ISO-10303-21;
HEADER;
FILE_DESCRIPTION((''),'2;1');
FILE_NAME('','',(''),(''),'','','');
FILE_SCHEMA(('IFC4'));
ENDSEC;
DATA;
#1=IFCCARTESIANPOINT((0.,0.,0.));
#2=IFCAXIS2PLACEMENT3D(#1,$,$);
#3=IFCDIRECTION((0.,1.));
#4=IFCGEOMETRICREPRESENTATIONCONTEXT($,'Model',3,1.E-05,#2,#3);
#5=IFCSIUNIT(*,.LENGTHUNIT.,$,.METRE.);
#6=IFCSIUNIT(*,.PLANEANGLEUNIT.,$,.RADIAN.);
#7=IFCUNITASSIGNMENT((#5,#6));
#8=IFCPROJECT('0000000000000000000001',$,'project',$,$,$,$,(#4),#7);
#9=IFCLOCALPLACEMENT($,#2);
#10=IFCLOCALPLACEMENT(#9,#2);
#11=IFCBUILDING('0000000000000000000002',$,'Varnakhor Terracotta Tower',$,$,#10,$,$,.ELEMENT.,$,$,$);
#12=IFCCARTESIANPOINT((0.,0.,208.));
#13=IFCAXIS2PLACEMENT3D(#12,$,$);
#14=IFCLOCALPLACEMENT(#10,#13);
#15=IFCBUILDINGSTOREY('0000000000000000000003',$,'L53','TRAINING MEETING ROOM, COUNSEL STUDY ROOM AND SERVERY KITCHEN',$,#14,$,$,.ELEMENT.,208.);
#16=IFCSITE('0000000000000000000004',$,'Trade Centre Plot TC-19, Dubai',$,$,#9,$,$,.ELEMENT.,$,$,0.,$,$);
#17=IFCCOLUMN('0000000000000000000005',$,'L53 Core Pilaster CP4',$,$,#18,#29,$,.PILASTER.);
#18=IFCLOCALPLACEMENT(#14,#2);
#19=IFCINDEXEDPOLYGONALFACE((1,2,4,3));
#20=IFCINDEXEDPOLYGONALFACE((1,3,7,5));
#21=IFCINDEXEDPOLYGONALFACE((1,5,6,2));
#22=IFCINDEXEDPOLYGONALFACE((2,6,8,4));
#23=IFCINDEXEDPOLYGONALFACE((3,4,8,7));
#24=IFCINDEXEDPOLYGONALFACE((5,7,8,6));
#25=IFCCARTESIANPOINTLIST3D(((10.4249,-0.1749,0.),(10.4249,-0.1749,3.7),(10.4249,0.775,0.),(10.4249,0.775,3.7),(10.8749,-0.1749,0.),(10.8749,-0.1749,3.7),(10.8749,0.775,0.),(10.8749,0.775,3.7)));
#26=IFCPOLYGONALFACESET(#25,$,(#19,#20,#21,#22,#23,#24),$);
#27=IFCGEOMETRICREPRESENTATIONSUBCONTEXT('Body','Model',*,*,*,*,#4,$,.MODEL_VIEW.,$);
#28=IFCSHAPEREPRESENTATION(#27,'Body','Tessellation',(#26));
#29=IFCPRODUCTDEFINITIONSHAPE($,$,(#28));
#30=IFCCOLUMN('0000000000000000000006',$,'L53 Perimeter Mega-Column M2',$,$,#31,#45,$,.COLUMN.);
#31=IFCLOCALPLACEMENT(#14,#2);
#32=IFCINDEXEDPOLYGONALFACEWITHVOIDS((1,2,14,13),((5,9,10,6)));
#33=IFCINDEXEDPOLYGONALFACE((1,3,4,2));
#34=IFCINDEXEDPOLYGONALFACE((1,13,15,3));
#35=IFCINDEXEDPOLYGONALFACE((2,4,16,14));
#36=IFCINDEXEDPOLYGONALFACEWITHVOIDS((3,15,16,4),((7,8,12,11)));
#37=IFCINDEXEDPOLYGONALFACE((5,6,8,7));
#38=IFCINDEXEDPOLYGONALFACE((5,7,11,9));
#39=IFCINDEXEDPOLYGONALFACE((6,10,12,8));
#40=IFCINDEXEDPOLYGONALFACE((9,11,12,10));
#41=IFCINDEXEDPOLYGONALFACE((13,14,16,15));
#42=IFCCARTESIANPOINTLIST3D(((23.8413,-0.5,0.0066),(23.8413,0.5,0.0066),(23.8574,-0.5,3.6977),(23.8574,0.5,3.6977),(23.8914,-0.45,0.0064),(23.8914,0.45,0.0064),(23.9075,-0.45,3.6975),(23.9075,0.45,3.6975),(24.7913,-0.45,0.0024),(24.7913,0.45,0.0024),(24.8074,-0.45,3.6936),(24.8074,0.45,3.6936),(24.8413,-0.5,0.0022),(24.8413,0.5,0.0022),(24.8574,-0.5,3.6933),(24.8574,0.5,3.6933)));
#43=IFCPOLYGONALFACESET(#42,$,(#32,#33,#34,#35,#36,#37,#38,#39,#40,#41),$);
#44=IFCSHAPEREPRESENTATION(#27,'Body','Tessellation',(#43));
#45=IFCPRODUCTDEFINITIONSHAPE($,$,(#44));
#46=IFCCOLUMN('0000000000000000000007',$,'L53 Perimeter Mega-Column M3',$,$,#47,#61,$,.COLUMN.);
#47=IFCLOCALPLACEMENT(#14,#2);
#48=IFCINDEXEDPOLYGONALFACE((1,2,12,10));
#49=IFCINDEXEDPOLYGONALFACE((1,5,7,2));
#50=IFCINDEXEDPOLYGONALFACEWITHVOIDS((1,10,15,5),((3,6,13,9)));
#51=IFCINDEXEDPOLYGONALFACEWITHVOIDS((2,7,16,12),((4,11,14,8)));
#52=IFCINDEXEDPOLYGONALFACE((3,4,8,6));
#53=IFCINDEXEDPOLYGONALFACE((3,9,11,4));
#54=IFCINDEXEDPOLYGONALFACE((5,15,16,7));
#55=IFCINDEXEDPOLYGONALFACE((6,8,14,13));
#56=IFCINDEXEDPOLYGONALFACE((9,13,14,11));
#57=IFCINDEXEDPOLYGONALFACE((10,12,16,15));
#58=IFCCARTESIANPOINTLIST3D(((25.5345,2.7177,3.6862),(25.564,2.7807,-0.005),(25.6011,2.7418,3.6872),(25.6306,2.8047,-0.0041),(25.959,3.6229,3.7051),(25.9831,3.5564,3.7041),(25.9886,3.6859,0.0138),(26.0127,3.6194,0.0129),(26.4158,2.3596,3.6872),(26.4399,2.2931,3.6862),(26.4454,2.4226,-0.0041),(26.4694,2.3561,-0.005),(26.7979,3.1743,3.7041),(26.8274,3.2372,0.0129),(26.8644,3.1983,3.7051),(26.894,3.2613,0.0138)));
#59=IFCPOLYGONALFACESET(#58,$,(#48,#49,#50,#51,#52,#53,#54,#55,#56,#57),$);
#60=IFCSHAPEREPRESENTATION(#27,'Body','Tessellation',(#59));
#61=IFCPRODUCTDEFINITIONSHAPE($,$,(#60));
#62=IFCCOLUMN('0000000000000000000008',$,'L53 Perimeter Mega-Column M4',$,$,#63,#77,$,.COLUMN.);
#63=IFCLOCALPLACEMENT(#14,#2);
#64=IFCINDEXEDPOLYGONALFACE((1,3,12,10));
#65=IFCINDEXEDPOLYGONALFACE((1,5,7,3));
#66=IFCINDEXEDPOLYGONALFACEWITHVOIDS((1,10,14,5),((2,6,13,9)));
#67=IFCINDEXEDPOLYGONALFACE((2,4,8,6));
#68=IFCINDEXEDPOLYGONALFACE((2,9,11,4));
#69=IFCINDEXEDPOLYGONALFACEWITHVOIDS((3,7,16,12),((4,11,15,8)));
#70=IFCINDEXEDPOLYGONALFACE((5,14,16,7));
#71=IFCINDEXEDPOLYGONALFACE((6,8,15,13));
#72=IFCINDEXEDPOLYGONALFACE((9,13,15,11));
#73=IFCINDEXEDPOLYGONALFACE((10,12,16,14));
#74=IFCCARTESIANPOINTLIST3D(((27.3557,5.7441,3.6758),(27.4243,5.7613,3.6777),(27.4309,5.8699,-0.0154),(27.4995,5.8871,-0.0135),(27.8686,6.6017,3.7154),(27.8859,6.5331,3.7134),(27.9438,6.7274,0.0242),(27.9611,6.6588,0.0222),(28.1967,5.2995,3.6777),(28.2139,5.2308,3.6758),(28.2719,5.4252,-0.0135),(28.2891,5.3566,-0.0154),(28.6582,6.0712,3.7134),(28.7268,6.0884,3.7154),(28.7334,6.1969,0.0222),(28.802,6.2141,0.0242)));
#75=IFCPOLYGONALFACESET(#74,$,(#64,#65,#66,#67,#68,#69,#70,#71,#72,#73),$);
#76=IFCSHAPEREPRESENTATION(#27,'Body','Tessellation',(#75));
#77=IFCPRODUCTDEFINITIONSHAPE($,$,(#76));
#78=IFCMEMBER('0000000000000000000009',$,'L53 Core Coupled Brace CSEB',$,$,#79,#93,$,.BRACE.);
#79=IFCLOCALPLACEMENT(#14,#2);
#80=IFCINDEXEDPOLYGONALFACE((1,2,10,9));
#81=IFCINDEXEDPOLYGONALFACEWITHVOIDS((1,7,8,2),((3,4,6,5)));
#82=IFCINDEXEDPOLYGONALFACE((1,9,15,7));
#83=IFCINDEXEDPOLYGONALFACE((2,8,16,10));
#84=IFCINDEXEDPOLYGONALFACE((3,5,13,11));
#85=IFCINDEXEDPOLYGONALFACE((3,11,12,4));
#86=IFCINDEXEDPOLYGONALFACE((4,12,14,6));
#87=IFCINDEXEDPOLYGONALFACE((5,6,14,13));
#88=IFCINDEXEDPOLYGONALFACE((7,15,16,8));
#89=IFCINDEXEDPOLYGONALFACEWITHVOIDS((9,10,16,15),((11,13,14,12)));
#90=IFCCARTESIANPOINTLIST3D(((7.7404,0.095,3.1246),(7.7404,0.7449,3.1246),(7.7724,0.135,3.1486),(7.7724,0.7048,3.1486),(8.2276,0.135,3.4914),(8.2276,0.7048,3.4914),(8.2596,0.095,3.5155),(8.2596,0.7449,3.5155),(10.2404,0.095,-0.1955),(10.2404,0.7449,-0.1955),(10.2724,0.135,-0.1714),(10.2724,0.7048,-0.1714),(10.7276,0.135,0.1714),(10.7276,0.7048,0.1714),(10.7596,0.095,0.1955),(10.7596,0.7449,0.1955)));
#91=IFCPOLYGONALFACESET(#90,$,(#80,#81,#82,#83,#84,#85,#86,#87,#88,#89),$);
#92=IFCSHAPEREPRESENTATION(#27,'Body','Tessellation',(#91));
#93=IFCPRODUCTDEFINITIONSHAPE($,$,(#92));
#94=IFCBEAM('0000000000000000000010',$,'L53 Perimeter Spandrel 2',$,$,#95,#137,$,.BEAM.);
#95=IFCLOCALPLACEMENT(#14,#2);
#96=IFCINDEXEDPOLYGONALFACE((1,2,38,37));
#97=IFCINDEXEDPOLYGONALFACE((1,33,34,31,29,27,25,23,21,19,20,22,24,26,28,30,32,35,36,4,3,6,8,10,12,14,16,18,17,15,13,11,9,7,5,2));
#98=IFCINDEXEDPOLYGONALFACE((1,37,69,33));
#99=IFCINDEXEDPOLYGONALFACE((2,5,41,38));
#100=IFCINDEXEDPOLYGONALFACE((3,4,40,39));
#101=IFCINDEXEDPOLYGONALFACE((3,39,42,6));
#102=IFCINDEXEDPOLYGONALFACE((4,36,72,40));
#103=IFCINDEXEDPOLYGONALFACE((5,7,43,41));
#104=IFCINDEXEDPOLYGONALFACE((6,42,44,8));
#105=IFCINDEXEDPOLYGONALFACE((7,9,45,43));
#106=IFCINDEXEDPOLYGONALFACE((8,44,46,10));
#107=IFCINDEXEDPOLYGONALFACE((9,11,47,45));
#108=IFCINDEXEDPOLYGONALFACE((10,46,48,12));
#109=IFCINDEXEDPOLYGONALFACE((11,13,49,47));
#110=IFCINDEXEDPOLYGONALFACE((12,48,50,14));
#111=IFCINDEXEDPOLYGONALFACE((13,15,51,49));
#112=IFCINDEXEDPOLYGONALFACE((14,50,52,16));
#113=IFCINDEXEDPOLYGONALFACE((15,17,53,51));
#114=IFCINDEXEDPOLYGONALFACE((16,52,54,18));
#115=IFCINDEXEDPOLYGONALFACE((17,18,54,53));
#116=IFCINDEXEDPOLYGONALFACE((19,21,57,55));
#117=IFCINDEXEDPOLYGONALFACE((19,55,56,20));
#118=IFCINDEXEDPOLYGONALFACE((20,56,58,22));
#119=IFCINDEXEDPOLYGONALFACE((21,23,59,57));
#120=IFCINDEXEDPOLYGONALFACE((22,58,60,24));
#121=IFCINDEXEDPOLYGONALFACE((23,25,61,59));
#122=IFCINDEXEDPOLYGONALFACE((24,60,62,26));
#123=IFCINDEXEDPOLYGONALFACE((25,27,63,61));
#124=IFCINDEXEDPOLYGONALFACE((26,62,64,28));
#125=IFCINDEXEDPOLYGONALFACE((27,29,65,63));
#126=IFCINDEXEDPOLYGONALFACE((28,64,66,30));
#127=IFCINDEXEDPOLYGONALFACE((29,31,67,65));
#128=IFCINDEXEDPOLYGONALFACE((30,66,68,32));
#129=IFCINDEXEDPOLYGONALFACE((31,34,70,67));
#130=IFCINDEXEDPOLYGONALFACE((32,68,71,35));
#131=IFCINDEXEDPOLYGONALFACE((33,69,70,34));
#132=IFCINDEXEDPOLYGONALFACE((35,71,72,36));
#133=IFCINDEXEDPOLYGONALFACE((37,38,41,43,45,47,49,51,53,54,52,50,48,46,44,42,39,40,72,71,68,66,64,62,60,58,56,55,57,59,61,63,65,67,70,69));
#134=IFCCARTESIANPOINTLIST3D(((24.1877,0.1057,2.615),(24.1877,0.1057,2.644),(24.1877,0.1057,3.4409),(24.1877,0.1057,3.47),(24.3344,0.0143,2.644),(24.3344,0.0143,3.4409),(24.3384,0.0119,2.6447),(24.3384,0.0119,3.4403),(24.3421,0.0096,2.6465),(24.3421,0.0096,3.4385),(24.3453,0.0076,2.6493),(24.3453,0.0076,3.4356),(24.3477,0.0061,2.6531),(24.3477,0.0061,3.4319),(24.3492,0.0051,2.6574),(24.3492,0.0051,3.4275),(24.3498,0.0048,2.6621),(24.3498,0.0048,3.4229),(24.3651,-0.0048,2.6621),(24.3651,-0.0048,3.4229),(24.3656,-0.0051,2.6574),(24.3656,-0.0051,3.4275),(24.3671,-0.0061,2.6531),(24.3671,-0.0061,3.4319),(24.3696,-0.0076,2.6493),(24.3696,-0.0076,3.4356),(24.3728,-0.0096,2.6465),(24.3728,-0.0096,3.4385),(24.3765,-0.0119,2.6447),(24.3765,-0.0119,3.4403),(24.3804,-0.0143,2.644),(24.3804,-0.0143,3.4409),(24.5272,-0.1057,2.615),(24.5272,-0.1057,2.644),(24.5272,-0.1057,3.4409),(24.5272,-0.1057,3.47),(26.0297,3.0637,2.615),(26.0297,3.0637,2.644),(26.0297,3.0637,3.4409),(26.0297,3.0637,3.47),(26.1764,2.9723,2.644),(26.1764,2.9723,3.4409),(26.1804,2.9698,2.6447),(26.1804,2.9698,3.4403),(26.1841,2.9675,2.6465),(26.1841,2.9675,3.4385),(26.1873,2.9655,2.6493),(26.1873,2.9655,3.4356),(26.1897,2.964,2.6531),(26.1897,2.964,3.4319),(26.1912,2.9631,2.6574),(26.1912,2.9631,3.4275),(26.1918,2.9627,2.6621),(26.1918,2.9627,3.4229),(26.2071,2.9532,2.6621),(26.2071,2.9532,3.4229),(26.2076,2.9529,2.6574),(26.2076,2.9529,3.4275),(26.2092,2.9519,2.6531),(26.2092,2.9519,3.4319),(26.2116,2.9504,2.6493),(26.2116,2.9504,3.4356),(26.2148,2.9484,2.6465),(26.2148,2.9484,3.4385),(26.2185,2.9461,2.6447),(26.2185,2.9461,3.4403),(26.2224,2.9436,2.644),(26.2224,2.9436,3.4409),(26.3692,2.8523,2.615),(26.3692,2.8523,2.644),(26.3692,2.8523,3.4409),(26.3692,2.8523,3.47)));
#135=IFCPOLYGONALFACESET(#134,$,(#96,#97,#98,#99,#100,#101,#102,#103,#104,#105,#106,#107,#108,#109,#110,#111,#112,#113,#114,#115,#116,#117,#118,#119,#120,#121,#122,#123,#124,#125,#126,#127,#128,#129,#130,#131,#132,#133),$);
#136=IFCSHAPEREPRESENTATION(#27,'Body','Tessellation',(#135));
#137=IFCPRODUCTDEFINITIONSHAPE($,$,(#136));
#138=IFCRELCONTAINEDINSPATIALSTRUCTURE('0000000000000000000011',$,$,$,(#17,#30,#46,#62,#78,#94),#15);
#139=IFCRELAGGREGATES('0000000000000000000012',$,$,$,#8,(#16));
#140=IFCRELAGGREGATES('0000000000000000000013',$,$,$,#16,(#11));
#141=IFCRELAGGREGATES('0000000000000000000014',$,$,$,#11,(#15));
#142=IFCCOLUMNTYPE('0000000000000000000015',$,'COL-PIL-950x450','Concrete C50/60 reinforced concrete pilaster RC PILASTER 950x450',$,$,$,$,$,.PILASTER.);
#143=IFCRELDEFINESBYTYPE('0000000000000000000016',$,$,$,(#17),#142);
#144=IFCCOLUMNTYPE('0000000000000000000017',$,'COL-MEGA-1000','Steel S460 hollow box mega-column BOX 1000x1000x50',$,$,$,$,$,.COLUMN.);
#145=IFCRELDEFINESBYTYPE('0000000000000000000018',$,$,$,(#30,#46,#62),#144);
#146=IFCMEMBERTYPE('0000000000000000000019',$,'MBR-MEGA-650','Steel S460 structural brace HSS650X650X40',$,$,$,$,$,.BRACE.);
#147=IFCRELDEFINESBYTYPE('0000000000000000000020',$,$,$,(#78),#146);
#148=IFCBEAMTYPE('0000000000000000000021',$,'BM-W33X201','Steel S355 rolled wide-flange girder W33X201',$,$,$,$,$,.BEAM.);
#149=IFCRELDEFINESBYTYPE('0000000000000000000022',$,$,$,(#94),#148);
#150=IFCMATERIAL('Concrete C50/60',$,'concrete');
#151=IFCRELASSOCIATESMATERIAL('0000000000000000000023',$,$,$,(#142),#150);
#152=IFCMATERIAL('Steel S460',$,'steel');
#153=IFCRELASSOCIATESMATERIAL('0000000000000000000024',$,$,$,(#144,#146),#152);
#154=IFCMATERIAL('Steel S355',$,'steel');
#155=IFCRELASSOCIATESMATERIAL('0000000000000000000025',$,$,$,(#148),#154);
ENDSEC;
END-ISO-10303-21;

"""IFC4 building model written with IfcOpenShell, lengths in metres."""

from ifc_helpers import new_model, si_unit, direction, frame, origin, origin_2d, place, context, subcontext, project, spatial, rectangle, hollow_rectangle, i_section, extrude, source, transform, mapped, material, material_profile, profile_set, type_object, element, save


model = new_model("IFC4")

# Units and contexts
model_context = context("Model", 3, precision=1e-05, world=origin(), true_north=direction((0.0, 1.0)))
body_context = subcontext(model_context, "Body", "Model", "MODEL_VIEW")
ifc_project = project(units=[si_unit("LENGTHUNIT", "METRE"), si_unit("PLANEANGLEUNIT", "RADIAN")], contexts=[model_context])

# Site, building, storey
site_placement = place(None, origin())
site = spatial("IfcSite", under=ifc_project, at=site_placement, Name="Trade Centre Plot TC-19, Dubai", CompositionType="ELEMENT", RefElevation=0.0)
building_placement = place(site_placement, origin())
building = spatial("IfcBuilding", under=site, at=building_placement, Name="Varnakhor Terracotta Tower", CompositionType="ELEMENT")
storey_placement = place(building_placement, frame((0.0, 0.0, 208.0)))
storey = spatial("IfcBuildingStorey", under=building, at=storey_placement, Name="L53", Description="TRAINING MEETING ROOM, COUNSEL STUDY ROOM AND SERVERY KITCHEN", CompositionType="ELEMENT", Elevation=208.0)

# Columns
ifc_material_1 = material(Name="Concrete C50/60", Category="concrete")
ifc_material_profile_1 = material_profile(ifc_material_1, rectangle(XDim=0.45, YDim=0.95, at=origin_2d()), Name="RC PILASTER 950x450")
ifc_profile_set_1 = profile_set([ifc_material_profile_1], Name="Concrete C50/60")
column_type_1 = type_object("IfcColumnType", Name="COL-PIL-950x450", Description="Concrete C50/60 reinforced concrete pilaster RC PILASTER 950x450", PredefinedType="PILASTER", material=ifc_profile_set_1)
shared_shape_1 = source(origin(), body_context, "Body", "SweptSolid", [
    extrude(rectangle(XDim=0.45, YDim=0.95, at=origin_2d()), origin(), (0.0, 0.0, 1.0), 3.7),
])
column_1_placement = place(storey_placement, frame((10.6499, 0.3, 0.0), z_axis=(0.0, 0.0, 1.0), x_axis=(1.0, 0.0, 0.0)))
element("IfcColumn", 1, at=column_1_placement, inside=storey, type_object=column_type_1, Name="L53 Core Pilaster CP4", PredefinedType="PILASTER", context=body_context, shape_type="MappedRepresentation", body=[
    mapped(shared_shape_1, transform((0.0, 0.0, 0.0), scale=1.0)),
])
ifc_material_2 = material(Name="Steel S460", Category="steel")
ifc_material_profile_2 = material_profile(ifc_material_2, hollow_rectangle(XDim=1.0, YDim=1.0, WallThickness=0.05, at=origin_2d()), Name="BOX 1000x1000x50")
ifc_profile_set_2 = profile_set([ifc_material_profile_2], Name="Steel S460")
column_type_2 = type_object("IfcColumnType", Name="COL-MEGA-1000", Description="Steel S460 hollow box mega-column BOX 1000x1000x50", PredefinedType="COLUMN", material=ifc_profile_set_2)
shared_shape_2 = source(origin(), body_context, "Body", "SweptSolid", [
    extrude(hollow_rectangle(XDim=1.0, YDim=1.0, WallThickness=0.05, at=origin_2d()), origin(), (0.0, 0.0, 1.0), 3.6912),
])
column_2_placement = place(storey_placement, frame((24.3413, 0.0, 0.0044), z_axis=(0.004365, 0.0, 0.99999), x_axis=(0.0, 1.0, 0.0)))
element("IfcColumn", 2, at=column_2_placement, inside=storey, type_object=column_type_2, Name="L53 Perimeter Mega-Column M2", PredefinedType="COLUMN", context=body_context, shape_type="MappedRepresentation", body=[
    mapped(shared_shape_2, transform((0.0, 0.0, 0.0), scale=1.0)),
])
shared_shape_3 = source(origin(), body_context, "Body", "SweptSolid", [
    extrude(hollow_rectangle(XDim=1.0, YDim=1.0, WallThickness=0.05, at=origin_2d()), origin(), (0.0, 0.0, 1.0), 3.6919),
])
column_3_placement = place(storey_placement, frame((26.229, 3.021, 0.0044), z_axis=(-0.008002, -0.017062, 0.999822), x_axis=(0.905375, -0.424614, 0.0)))
element("IfcColumn", 3, at=column_3_placement, inside=storey, type_object=column_type_2, Name="L53 Perimeter Mega-Column M3", PredefinedType="COLUMN", context=body_context, shape_type="MappedRepresentation", body=[
    mapped(shared_shape_3, transform((0.0, 0.0, 0.0), scale=1.0)),
])
shared_shape_4 = source(origin(), body_context, "Body", "SweptSolid", [
    extrude(hollow_rectangle(XDim=1.0, YDim=1.0, WallThickness=0.05, at=origin_2d()), origin(), (0.0, 0.0, 1.0), 3.6941),
])
column_4_placement = place(storey_placement, frame((28.1165, 6.042, 0.0044), z_axis=(-0.020356, -0.034036, 0.999213), x_axis=(0.858227, -0.51327, 0.0)))
element("IfcColumn", 4, at=column_4_placement, inside=storey, type_object=column_type_2, Name="L53 Perimeter Mega-Column M4", PredefinedType="COLUMN", context=body_context, shape_type="MappedRepresentation", body=[
    mapped(shared_shape_4, transform((0.0, 0.0, 0.0), scale=1.0)),
])

# Member
ifc_material_profile_3 = material_profile(ifc_material_2, hollow_rectangle(XDim=0.6499, YDim=0.6499, WallThickness=0.04, at=origin_2d()), Name="HSS650X650X40")
ifc_profile_set_3 = profile_set([ifc_material_profile_3], Name="Steel S460")
member_type_1 = type_object("IfcMemberType", Name="MBR-MEGA-650", Description="Steel S460 structural brace HSS650X650X40", PredefinedType="BRACE", material=ifc_profile_set_3)
shared_shape_5 = source(origin(), body_context, "Body", "SweptSolid", [
    extrude(hollow_rectangle(XDim=0.6499, YDim=0.6499, WallThickness=0.04, at=origin_2d()), origin(), (0.0, 0.0, 1.0), 4.156),
])
member_1_placement = place(storey_placement, frame((10.5, 0.4199, 0.0), z_axis=(-0.601531, 0.0, 0.79885), x_axis=(0.0, -1.0, 0.0)))
element("IfcMember", 5, at=member_1_placement, inside=storey, type_object=member_type_1, Name="L53 Core Coupled Brace CSEB", PredefinedType="BRACE", context=body_context, shape_type="MappedRepresentation", body=[
    mapped(shared_shape_5, transform((0.0, 0.0, 0.0), scale=1.0)),
])

# Beam
ifc_material_3 = material(Name="Steel S355", Category="steel")
ifc_material_profile_4 = material_profile(ifc_material_3, i_section(OverallWidth=0.3999, OverallDepth=0.855, WebThickness=0.0181, FlangeThickness=0.0291, FilletRadius=0.0181, at=origin_2d()), Name="W33X201")
ifc_profile_set_4 = profile_set([ifc_material_profile_4], Name="Steel S355")
beam_type_1 = type_object("IfcBeamType", Name="BM-W33X201", Description="Steel S355 rolled wide-flange girder W33X201", PredefinedType="BEAM", material=ifc_profile_set_4)
shared_shape_6 = source(origin(), body_context, "Body", "SweptSolid", [
    extrude(i_section(OverallWidth=0.3999, OverallDepth=0.855, WebThickness=0.0181, FlangeThickness=0.0291, FilletRadius=0.0181, at=origin_2d()), origin(), (0.0, 0.0, 1.0), 3.4846),
])
beam_1_placement = place(storey_placement, frame((24.3574, 0.0, 3.0425), z_axis=(0.528613, 0.848863, 0.0), x_axis=(-0.848863, 0.528613, 0.0)))
element("IfcBeam", 6, at=beam_1_placement, inside=storey, type_object=beam_type_1, Name="L53 Perimeter Spandrel 2", PredefinedType="BEAM", context=body_context, shape_type="MappedRepresentation", body=[
    mapped(shared_shape_6, transform((0.0, 0.0, 0.0), scale=1.0)),
])

save(model, "model.ifc")
